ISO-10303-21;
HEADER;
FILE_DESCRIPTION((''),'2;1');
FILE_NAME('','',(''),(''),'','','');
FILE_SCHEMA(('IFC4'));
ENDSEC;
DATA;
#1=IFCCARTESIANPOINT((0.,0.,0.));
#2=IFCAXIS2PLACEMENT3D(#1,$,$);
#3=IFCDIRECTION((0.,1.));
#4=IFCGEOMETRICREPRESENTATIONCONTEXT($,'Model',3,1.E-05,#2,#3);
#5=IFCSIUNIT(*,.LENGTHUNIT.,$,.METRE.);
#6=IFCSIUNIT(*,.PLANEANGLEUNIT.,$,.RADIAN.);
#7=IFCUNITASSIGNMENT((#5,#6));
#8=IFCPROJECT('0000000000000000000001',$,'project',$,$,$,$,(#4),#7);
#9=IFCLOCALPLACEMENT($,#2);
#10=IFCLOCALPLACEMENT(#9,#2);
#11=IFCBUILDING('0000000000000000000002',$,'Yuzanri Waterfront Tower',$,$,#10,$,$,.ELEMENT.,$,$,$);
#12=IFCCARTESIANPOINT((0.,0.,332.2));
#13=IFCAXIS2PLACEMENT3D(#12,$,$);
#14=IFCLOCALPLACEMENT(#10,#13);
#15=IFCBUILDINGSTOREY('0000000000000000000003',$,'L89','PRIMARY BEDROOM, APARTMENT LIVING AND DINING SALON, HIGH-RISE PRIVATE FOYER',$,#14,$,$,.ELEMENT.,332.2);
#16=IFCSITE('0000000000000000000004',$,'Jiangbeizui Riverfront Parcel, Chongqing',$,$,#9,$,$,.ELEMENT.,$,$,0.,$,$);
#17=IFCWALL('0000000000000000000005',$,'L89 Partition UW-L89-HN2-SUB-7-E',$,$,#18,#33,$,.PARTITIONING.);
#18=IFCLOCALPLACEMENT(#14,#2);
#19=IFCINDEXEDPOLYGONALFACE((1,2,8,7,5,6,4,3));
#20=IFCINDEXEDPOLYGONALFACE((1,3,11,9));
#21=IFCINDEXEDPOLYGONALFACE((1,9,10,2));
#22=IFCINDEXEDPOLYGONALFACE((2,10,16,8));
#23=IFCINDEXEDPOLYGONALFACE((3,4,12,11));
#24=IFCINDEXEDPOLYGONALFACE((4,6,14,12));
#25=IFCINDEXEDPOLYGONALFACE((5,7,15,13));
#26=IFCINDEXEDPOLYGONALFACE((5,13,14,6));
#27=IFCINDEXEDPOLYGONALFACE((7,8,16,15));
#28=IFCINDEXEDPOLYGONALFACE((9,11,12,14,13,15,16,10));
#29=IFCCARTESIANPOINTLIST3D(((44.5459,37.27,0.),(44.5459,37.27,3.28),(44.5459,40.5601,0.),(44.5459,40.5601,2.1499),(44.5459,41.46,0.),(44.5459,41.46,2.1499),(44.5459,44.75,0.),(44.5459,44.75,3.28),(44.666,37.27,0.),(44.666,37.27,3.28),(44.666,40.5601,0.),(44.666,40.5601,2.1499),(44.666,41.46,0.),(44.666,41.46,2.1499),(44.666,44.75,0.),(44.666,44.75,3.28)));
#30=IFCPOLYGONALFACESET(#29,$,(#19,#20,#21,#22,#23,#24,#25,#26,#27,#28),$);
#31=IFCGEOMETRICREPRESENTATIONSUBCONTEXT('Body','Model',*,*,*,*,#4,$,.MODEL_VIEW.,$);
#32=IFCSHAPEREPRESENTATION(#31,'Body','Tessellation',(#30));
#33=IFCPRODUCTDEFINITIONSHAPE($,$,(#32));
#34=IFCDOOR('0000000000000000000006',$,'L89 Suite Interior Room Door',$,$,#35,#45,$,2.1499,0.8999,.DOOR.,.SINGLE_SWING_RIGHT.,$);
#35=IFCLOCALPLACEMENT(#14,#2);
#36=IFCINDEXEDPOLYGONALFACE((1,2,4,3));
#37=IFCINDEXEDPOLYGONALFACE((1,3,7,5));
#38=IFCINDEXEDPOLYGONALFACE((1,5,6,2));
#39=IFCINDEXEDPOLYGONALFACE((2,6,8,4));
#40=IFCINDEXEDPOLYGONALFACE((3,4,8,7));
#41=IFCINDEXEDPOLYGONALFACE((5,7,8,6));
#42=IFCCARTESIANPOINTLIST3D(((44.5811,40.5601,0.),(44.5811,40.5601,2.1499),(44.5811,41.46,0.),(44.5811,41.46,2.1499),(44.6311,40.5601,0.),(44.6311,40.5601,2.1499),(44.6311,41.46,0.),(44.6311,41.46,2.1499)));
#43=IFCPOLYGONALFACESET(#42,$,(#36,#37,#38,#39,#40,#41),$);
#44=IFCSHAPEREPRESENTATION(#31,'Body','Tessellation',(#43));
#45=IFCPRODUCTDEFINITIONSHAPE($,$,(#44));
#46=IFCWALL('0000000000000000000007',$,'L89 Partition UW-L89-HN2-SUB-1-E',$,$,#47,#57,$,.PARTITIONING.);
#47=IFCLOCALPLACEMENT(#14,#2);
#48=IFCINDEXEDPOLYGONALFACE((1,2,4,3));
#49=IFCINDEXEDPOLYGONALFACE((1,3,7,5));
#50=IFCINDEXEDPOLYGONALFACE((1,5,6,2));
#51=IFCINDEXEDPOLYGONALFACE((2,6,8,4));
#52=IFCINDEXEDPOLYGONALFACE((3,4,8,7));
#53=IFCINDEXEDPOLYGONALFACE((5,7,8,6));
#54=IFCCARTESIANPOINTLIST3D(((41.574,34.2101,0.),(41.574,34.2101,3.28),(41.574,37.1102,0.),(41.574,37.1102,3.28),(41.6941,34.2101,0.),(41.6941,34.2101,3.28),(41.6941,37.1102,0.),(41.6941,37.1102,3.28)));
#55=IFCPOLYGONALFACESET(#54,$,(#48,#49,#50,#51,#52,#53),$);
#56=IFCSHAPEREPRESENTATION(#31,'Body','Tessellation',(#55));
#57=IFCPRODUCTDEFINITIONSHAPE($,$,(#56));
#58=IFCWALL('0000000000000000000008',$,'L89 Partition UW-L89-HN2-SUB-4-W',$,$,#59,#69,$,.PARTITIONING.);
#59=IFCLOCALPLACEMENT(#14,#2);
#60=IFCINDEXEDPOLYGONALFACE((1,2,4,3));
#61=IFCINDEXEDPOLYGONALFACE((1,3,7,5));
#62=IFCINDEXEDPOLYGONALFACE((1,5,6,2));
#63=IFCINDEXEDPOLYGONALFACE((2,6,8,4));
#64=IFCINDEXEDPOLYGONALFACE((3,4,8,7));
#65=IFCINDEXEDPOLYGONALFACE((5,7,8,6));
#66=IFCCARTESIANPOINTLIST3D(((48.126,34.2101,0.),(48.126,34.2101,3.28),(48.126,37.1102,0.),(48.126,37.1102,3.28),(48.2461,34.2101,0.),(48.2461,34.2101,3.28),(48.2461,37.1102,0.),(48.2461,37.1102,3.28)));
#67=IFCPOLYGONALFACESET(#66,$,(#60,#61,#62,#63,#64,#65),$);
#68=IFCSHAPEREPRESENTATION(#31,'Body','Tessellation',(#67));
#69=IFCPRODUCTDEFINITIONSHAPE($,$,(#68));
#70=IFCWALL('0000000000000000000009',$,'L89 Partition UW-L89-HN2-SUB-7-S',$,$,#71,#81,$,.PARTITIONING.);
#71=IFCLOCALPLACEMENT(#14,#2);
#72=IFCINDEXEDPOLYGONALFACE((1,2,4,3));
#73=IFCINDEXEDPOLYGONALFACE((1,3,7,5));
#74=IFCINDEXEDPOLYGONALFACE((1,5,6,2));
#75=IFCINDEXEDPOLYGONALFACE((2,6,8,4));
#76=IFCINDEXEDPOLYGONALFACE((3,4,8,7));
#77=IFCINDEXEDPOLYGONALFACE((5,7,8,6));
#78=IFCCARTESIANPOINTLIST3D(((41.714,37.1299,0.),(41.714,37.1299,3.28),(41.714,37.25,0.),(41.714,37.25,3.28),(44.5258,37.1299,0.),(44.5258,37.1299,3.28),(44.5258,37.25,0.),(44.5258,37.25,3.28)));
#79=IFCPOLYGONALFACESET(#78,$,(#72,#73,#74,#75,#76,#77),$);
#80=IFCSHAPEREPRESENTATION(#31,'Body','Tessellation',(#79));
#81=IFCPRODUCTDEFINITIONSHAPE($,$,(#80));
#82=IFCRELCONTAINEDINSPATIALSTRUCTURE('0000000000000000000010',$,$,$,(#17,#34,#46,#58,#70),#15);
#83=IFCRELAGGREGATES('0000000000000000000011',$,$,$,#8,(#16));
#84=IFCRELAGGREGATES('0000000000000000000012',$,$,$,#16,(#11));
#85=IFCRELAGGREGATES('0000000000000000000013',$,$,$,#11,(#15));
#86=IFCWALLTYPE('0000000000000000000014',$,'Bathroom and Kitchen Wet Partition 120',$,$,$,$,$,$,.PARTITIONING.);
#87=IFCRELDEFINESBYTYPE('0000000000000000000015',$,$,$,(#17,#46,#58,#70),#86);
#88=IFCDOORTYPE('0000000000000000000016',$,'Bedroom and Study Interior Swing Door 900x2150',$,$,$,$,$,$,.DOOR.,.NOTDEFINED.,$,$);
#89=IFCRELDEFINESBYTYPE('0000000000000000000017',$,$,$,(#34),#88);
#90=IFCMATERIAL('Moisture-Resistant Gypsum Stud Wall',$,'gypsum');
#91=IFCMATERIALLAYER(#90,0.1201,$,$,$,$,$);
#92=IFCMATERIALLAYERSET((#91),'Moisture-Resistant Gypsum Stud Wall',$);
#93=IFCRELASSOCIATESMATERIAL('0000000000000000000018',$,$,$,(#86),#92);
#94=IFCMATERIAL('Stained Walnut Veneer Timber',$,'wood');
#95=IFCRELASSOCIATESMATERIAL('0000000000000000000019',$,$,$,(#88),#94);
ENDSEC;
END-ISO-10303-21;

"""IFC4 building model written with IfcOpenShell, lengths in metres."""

from ifc_helpers import new_model, si_unit, direction, frame, frame_2d, origin, place, context, subcontext, project, spatial, rectangle, extrude, source, transform, mapped, material, layer, layer_set, type_object, element, fill, save


model = new_model("IFC4")

# Units and contexts
model_context = context("Model", 3, precision=1e-05, world=origin(), true_north=direction((0.0, 1.0)))
body_context = subcontext(model_context, "Body", "Model", "MODEL_VIEW")
ifc_project = project(units=[si_unit("LENGTHUNIT", "METRE"), si_unit("PLANEANGLEUNIT", "RADIAN")], contexts=[model_context])

# Site, building, storey
site_placement = place(None, origin())
site = spatial("IfcSite", under=ifc_project, at=site_placement, Name="Jiangbeizui Riverfront Parcel, Chongqing", CompositionType="ELEMENT", RefElevation=0.0)
building_placement = place(site_placement, origin())
building = spatial("IfcBuilding", under=site, at=building_placement, Name="Yuzanri Waterfront Tower", CompositionType="ELEMENT")
storey_placement = place(building_placement, frame((0.0, 0.0, 332.2)))
storey = spatial("IfcBuildingStorey", under=building, at=storey_placement, Name="L89", Description="PRIMARY BEDROOM, APARTMENT LIVING AND DINING SALON, HIGH-RISE PRIVATE FOYER", CompositionType="ELEMENT", Elevation=332.2)

# Wall, opening, door
ifc_material_1 = material(Name="Moisture-Resistant Gypsum Stud Wall", Category="gypsum")
ifc_layer_1 = layer(ifc_material_1, 0.1201)
ifc_layer_set_1 = layer_set([ifc_layer_1], Name="Moisture-Resistant Gypsum Stud Wall")
wall_type = type_object("IfcWallType", Name="Bathroom and Kitchen Wet Partition 120", PredefinedType="PARTITIONING", material=ifc_layer_set_1)
ifc_material_2 = material(Name="Stained Walnut Veneer Timber", Category="wood")
door_type_1 = type_object("IfcDoorType", Name="Bedroom and Study Interior Swing Door 900x2150", OperationType="NOTDEFINED", PredefinedType="DOOR", material=ifc_material_2)
shared_shape_1 = source(origin(), body_context, "Body", "SweptSolid", [
    extrude(rectangle(XDim=0.8999, YDim=2.1499, at=frame_2d((0.45, 1.075))), frame((0.0, 0.0249, 0.0), z_axis=(0.0, -1.0, 0.0), x_axis=(1.0, 0.0, 0.0)), (0.0, 0.0, 1.0), 0.05),
])
wall_1_placement = place(storey_placement, frame((44.606, 37.27, 0.0), z_axis=(0.0, 0.0, 1.0), x_axis=(0.0, 1.0, 0.0)))
wall_1 = element("IfcWall", 1, at=wall_1_placement, inside=storey, type_object=wall_type, Name="L89 Partition UW-L89-HN2-SUB-7-E", PredefinedType="PARTITIONING", context=body_context, shape_type="SweptSolid", body=[
    extrude(rectangle(XDim=7.48, YDim=0.1201, at=frame_2d((3.74, 0.0))), origin(), (0.0, 0.0, 1.0), 3.28),
])
opening_1_placement = place(wall_1_placement, frame((3.29, 0.0, 0.0)))
opening_1 = element("IfcOpeningElement", 2, at=opening_1_placement, cuts=wall_1, PredefinedType="OPENING", context=body_context, shape_type="SweptSolid", body=[
    extrude(rectangle(XDim=0.8999, YDim=2.1499, at=frame_2d((0.45, 1.075))), frame((0.0, 0.075, 0.0), z_axis=(0.0, -1.0, 0.0), x_axis=(1.0, 0.0, 0.0)), (0.0, 0.0, 1.0), 0.1499),
])
door_1_placement = place(opening_1_placement, origin())
door_1 = element("IfcDoor", 3, at=door_1_placement, inside=storey, type_object=door_type_1, Name="L89 Suite Interior Room Door", OperationType="SINGLE_SWING_RIGHT", OverallHeight=2.1499, OverallWidth=0.8999, PredefinedType="DOOR", context=body_context, shape_type="MappedRepresentation", body=[
    mapped(shared_shape_1, transform((0.0, 0.0, 0.0), scale=1.0)),
])
fill(opening_1, door_1)

# Walls
shared_shape_2 = source(origin(), body_context, "Body", "SweptSolid", [
    extrude(rectangle(XDim=2.9001, YDim=0.1201, at=frame_2d((1.4502, 0.0))), origin(), (0.0, 0.0, 1.0), 3.28),
])
for number, where, z_axis, x_axis, name in (
    (4, (41.634, 34.21, 0.0), (0.0, 0.0, 1.0), (0.0, 1.0, 0.0), "L89 Partition UW-L89-HN2-SUB-1-E"),
    (5, (48.186, 34.21, 0.0), (0.0, 0.0, 1.0), (0.0, 1.0, 0.0), "L89 Partition UW-L89-HN2-SUB-4-W"),
):
    element("IfcWall", number, at=place(storey_placement, frame(where, z_axis=z_axis, x_axis=x_axis)), inside=storey, type_object=wall_type, Name=name, PredefinedType="PARTITIONING", context=body_context, shape_type="MappedRepresentation", body=[
        mapped(shared_shape_2, transform((0.0, 0.0, 0.0), scale=1.0)),
    ])
shared_shape_3 = source(origin(), body_context, "Body", "SweptSolid", [
    extrude(rectangle(XDim=2.8118, YDim=0.1201, at=frame_2d((1.4058, 0.0))), origin(), (0.0, 0.0, 1.0), 3.28),
])
wall_2_placement = place(storey_placement, frame((41.7141, 37.1899, 0.0), z_axis=(0.0, 0.0, 1.0), x_axis=(1.0, 0.0, 0.0)))
element("IfcWall", 6, at=wall_2_placement, inside=storey, type_object=wall_type, Name="L89 Partition UW-L89-HN2-SUB-7-S", PredefinedType="PARTITIONING", context=body_context, shape_type="MappedRepresentation", body=[
    mapped(shared_shape_3, transform((0.0, 0.0, 0.0), scale=1.0)),
])

save(model, "model.ifc")
